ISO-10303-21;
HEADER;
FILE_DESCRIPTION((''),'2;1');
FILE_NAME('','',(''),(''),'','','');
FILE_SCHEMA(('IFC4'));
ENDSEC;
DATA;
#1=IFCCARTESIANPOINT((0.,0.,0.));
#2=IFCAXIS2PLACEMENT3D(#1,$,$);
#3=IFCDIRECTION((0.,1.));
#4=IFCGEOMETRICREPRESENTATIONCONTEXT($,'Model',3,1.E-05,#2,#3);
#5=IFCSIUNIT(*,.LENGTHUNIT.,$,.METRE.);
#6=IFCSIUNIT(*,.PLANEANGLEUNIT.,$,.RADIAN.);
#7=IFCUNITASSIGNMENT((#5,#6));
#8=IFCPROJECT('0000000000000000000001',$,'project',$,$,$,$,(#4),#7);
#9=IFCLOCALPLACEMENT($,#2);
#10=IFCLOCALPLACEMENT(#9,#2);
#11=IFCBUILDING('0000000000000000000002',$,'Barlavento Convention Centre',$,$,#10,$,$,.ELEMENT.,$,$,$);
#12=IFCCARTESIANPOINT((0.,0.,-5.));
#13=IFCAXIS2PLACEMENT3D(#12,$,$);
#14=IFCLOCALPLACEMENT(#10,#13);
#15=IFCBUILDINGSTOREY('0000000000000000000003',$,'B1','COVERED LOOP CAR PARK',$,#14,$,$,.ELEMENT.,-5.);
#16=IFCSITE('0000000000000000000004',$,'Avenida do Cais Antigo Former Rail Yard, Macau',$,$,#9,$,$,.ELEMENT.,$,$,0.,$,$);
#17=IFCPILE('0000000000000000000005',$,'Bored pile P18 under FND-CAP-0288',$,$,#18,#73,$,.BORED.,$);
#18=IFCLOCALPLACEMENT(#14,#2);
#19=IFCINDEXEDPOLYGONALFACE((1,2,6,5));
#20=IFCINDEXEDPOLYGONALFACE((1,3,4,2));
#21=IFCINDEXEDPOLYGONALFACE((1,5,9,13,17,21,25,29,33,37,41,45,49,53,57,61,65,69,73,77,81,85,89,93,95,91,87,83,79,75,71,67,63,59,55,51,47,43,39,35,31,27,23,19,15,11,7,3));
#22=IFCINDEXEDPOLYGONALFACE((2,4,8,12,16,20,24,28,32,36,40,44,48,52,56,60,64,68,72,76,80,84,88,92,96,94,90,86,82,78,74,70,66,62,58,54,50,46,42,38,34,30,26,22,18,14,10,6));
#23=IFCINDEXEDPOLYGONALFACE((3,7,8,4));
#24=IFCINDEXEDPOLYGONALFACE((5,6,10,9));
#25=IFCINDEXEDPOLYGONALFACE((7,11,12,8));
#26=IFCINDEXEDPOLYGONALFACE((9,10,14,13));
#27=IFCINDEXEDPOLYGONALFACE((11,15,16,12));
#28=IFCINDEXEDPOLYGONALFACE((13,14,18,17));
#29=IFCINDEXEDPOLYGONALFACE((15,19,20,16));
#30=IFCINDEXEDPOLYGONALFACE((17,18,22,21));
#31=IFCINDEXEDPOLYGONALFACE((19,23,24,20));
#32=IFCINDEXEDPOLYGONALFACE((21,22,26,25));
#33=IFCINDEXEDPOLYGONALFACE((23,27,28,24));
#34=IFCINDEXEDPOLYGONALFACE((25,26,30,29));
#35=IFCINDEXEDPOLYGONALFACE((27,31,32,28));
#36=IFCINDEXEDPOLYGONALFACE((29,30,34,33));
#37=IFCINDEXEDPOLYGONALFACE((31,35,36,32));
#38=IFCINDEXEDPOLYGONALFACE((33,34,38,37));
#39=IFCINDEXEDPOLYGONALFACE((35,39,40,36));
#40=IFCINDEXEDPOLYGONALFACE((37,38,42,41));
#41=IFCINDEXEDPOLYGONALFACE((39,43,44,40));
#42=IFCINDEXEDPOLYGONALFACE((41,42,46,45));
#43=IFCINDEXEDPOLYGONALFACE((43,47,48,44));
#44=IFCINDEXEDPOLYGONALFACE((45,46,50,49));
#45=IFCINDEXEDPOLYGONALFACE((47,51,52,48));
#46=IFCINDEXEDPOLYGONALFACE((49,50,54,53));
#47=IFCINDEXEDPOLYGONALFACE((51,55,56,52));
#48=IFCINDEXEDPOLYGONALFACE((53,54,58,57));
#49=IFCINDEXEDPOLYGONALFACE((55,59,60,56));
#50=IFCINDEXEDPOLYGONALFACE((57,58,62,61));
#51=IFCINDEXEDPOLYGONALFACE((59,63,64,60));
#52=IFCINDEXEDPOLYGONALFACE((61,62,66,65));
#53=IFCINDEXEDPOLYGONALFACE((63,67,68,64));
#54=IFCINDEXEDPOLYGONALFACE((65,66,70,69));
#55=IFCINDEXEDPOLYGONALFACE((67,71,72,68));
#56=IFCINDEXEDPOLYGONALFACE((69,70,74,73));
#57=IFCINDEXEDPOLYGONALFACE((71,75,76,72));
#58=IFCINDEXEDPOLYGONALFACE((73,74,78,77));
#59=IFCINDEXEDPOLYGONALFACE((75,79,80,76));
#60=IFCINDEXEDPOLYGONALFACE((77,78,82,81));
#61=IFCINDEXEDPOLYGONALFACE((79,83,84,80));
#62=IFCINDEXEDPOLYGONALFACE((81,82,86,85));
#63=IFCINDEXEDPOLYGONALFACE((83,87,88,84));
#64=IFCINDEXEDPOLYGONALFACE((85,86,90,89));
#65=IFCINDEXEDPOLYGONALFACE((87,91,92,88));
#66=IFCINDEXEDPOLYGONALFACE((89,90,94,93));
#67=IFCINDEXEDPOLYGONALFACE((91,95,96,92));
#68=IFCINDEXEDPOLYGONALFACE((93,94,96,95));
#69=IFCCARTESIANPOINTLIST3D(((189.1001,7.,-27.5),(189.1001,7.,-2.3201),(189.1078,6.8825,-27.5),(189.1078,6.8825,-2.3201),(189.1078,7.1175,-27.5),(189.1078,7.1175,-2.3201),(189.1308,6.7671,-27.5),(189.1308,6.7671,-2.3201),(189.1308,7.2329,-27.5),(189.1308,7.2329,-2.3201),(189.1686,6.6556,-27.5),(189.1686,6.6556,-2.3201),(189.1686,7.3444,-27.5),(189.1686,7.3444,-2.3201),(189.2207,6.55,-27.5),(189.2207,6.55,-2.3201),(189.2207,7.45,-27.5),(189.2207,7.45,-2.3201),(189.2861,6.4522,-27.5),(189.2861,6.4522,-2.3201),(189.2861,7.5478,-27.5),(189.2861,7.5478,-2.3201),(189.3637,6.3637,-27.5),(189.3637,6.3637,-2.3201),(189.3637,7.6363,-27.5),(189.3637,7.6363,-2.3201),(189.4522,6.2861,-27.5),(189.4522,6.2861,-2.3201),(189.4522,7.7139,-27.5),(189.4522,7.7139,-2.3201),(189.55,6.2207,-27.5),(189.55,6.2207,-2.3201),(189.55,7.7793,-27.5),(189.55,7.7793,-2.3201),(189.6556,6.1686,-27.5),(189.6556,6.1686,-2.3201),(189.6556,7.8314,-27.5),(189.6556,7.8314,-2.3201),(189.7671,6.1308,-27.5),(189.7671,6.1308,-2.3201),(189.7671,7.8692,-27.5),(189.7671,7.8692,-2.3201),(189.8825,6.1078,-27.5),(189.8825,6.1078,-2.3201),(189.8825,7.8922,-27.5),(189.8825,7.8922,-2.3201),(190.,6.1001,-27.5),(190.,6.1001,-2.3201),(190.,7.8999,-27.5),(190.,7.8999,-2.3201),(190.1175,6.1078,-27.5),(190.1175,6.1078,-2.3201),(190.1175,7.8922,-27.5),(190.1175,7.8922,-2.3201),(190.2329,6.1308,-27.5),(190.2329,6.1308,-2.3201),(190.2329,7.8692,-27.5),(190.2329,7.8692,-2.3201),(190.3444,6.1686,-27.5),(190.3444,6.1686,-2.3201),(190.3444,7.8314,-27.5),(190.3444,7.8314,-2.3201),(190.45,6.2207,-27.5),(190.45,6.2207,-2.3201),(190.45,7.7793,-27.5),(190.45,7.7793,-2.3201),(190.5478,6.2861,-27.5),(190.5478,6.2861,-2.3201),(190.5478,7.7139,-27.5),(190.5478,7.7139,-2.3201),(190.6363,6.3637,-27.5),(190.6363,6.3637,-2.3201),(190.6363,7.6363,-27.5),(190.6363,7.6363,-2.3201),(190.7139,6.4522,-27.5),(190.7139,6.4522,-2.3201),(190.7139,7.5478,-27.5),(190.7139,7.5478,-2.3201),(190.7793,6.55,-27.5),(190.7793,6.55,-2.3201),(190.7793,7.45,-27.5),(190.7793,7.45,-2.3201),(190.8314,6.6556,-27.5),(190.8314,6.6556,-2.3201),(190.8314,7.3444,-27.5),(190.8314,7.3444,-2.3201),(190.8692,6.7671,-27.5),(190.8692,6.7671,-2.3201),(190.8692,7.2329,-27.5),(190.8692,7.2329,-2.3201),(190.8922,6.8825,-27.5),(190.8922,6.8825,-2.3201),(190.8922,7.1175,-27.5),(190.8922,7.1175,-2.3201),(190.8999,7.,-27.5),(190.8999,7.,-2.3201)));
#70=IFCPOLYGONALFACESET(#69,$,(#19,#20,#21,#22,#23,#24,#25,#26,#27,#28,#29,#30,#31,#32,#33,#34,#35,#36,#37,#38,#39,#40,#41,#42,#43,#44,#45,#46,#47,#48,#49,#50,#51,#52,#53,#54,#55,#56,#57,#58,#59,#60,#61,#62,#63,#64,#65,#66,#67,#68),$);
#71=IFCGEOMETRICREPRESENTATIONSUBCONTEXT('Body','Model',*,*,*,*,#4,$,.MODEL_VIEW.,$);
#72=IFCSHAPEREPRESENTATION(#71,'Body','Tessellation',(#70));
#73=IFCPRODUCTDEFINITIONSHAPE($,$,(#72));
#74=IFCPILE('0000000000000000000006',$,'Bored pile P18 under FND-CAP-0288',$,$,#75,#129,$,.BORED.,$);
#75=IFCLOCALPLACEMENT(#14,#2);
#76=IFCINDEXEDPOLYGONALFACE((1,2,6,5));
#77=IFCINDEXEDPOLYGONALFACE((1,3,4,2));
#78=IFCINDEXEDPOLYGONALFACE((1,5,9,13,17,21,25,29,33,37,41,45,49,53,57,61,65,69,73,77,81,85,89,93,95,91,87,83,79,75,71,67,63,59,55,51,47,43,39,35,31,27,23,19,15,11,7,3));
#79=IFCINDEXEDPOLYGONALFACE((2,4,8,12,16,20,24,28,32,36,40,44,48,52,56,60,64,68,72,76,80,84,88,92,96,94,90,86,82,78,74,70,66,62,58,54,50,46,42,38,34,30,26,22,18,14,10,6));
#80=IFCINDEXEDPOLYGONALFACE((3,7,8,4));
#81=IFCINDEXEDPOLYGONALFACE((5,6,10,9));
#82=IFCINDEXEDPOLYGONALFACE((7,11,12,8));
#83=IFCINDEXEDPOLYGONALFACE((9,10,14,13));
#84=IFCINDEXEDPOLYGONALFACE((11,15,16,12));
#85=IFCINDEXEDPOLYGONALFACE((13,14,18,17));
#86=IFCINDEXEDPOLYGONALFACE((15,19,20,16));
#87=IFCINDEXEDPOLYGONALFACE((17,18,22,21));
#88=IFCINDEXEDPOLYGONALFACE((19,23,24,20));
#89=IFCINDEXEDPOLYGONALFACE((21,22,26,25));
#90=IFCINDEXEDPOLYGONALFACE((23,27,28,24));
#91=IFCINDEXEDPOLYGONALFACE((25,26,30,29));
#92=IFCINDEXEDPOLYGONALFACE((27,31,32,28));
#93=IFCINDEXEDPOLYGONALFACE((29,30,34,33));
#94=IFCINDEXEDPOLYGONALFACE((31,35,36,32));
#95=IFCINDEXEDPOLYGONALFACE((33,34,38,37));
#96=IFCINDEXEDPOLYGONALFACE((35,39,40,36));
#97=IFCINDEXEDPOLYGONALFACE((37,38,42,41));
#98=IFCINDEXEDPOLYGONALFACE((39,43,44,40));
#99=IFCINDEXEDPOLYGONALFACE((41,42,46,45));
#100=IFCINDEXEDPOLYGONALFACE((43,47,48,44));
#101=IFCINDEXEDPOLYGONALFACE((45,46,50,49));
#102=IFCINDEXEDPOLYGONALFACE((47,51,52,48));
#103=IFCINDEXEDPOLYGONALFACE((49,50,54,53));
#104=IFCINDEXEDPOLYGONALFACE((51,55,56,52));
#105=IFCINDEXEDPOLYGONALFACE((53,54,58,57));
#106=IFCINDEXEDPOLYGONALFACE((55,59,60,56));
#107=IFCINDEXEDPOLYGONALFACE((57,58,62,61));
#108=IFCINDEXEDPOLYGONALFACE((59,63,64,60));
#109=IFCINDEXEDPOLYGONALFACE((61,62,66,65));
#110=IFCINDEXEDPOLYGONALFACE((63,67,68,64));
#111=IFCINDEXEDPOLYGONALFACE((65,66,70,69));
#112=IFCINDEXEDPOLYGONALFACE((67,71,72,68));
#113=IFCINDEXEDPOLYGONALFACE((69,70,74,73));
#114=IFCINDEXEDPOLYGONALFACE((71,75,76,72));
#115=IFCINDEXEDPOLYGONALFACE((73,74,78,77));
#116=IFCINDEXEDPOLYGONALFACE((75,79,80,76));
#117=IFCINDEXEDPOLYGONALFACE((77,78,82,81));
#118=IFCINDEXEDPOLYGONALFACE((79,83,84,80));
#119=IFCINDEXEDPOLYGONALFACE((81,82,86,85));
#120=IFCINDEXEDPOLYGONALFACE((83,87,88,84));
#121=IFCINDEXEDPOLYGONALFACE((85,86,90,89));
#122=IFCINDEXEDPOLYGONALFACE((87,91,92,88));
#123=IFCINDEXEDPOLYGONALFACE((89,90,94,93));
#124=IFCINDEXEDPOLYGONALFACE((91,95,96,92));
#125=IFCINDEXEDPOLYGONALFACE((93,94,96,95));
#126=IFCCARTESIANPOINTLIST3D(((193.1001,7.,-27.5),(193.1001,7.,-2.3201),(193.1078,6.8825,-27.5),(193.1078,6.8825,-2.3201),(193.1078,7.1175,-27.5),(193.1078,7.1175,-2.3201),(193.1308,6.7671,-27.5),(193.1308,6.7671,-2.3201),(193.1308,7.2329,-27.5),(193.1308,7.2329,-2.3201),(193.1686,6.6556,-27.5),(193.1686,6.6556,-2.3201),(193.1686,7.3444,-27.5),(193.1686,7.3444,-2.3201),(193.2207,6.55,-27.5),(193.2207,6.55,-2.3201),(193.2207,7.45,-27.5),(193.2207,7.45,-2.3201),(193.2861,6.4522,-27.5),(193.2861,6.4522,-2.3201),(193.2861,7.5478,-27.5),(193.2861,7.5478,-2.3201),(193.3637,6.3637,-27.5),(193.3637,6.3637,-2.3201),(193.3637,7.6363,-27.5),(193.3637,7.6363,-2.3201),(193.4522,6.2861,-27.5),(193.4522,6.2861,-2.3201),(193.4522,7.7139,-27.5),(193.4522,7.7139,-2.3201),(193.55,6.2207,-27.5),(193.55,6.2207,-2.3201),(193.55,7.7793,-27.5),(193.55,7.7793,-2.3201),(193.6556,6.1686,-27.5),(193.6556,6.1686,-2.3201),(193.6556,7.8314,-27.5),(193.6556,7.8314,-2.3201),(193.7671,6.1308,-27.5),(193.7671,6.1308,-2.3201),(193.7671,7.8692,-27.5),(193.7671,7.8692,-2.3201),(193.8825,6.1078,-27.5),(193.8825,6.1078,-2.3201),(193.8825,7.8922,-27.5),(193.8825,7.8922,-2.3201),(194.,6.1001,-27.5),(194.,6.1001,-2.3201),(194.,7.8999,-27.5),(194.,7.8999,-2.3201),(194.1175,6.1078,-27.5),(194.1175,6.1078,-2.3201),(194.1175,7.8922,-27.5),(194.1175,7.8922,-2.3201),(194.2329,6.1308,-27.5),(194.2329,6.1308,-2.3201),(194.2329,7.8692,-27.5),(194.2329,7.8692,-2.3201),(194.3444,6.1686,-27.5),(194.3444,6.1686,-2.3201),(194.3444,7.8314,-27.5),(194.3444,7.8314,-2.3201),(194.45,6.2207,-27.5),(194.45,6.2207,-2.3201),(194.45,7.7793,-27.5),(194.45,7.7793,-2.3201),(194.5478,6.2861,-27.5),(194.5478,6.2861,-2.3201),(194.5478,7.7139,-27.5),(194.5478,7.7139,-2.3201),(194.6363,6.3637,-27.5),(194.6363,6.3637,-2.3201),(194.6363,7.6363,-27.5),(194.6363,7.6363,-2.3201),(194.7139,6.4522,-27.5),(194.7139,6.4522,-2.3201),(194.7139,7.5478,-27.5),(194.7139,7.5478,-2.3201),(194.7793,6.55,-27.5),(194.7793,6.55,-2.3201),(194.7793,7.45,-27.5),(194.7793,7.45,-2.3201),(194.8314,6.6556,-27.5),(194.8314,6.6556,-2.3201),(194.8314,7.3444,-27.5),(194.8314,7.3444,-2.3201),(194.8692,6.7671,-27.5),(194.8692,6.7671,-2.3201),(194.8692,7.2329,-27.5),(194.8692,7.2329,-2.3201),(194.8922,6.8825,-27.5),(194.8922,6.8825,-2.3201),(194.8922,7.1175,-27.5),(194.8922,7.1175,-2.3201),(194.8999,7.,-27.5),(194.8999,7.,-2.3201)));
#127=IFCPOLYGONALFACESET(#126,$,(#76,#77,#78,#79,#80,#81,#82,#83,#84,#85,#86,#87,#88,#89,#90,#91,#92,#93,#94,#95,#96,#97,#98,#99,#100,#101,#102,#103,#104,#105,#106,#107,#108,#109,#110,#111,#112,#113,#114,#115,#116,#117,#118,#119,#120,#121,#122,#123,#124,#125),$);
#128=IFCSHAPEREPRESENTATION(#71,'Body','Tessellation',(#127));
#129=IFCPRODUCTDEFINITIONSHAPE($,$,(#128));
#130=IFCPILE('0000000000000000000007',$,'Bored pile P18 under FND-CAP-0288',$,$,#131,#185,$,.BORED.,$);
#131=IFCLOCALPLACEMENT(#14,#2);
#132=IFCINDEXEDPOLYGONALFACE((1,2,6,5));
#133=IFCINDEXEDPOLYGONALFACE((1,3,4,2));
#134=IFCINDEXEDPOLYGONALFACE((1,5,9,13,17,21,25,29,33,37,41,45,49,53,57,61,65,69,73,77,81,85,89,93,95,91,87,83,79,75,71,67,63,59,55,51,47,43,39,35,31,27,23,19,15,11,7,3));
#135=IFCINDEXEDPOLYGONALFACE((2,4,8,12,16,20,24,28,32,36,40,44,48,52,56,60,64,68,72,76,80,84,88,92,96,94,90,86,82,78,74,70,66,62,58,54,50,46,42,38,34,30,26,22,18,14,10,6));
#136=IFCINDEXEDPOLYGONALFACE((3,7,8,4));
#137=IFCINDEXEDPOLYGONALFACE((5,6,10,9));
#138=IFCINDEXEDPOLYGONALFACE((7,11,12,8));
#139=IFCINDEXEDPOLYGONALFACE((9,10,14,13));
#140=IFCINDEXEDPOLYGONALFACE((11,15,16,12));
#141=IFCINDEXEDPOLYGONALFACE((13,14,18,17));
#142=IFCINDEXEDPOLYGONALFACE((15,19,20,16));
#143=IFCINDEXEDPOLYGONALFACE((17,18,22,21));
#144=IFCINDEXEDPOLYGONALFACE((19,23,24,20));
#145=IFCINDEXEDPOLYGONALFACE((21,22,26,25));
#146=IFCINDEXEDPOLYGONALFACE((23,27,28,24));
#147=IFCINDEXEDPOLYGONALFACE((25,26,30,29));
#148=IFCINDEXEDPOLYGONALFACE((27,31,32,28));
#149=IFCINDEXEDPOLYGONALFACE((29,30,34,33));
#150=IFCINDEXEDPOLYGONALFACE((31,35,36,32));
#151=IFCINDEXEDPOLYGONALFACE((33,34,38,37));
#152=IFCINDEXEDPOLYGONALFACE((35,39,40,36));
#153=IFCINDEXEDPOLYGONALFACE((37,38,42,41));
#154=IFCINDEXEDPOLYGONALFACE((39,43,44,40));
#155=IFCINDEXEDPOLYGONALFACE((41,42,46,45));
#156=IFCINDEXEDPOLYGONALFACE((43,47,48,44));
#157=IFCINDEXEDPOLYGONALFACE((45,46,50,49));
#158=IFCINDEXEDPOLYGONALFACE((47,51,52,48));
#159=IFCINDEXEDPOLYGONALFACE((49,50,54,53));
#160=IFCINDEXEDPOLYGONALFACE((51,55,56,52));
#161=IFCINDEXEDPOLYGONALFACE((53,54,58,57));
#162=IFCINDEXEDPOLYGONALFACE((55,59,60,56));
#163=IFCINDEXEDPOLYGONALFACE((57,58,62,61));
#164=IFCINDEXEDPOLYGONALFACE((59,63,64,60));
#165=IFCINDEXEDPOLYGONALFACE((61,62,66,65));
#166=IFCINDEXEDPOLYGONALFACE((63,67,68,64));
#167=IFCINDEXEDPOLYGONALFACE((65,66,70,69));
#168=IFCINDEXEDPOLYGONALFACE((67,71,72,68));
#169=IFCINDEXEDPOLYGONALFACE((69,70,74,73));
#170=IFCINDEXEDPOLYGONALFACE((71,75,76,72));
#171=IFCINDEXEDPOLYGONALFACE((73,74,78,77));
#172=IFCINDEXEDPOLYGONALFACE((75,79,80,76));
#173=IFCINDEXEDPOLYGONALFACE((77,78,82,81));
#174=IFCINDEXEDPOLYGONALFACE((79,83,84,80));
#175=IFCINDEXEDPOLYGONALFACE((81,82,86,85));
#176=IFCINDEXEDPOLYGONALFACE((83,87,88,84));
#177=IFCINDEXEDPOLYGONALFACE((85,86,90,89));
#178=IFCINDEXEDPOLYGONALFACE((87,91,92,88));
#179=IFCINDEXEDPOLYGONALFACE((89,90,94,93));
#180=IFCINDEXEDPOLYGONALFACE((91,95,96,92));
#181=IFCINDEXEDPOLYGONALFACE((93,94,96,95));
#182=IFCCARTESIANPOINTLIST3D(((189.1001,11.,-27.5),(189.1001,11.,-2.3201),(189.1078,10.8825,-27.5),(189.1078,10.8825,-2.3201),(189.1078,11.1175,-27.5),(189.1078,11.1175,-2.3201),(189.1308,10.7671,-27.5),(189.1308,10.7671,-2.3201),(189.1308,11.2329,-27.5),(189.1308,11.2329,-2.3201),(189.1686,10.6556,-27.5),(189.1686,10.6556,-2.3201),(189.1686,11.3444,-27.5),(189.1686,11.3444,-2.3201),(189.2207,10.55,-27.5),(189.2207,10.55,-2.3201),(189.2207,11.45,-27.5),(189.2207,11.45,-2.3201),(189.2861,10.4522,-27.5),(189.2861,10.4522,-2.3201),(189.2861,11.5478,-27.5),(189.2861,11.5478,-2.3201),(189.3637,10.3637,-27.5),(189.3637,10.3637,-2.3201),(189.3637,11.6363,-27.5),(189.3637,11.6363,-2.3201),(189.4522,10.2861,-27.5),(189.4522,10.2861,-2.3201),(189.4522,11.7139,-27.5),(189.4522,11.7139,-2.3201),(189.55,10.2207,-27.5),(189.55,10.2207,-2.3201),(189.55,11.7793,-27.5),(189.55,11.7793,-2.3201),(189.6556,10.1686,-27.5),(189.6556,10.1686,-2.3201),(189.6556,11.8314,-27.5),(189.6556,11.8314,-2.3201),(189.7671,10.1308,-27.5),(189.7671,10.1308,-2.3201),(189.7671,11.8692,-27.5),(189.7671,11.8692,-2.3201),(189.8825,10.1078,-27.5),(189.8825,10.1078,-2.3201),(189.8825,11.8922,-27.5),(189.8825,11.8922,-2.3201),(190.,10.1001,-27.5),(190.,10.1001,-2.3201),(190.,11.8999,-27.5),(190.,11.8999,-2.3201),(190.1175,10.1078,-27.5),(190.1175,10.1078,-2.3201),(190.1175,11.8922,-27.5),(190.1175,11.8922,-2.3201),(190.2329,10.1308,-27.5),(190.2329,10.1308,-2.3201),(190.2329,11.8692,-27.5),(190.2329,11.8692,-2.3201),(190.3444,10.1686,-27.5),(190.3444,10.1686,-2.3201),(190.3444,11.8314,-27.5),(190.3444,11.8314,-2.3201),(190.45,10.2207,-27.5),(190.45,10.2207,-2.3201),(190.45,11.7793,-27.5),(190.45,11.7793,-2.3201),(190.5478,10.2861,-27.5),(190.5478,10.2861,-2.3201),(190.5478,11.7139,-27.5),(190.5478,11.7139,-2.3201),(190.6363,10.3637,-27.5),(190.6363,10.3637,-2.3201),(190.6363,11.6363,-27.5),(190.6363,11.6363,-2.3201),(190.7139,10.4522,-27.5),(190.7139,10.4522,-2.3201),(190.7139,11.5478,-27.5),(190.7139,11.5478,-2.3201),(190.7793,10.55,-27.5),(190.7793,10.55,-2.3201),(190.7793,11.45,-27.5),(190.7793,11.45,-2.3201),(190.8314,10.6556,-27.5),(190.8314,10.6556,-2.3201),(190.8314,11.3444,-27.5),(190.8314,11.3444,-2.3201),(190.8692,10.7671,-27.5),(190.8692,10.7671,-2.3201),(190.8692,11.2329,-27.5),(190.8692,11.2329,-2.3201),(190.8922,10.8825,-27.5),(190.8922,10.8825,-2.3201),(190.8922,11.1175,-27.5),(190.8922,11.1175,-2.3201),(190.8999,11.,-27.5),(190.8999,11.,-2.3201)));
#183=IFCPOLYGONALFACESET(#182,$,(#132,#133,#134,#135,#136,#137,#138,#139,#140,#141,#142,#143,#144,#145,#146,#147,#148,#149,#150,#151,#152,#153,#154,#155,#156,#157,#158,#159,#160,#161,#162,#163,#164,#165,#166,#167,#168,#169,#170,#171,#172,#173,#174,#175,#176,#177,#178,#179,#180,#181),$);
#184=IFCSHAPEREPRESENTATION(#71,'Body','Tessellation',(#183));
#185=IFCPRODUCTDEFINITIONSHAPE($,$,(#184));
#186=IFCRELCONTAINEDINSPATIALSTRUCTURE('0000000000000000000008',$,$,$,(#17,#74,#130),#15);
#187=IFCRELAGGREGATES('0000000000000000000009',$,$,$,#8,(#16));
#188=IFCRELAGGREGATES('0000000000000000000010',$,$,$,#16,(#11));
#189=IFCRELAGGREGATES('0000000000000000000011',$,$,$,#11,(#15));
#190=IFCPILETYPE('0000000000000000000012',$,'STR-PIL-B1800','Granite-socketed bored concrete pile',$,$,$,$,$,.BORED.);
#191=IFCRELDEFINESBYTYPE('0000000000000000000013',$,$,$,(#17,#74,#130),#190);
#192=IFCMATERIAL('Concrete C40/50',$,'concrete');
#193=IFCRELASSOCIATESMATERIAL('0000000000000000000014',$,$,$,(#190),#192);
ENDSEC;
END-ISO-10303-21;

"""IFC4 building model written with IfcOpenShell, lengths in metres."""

from ifc_helpers import new_model, si_unit, direction, frame, origin, origin_2d, place, context, subcontext, project, spatial, circle, extrude, material, material_profile, profile_set, type_object, element, save


model = new_model("IFC4")

# Units and contexts
model_context = context("Model", 3, precision=1e-05, world=origin(), true_north=direction((0.0, 1.0)))
body_context = subcontext(model_context, "Body", "Model", "MODEL_VIEW")
ifc_project = project(units=[si_unit("LENGTHUNIT", "METRE"), si_unit("PLANEANGLEUNIT", "RADIAN")], contexts=[model_context])

# Site, building, storey
site_placement = place(None, origin())
site = spatial("IfcSite", under=ifc_project, at=site_placement, Name="Avenida do Cais Antigo Former Rail Yard, Macau", CompositionType="ELEMENT", RefElevation=0.0)
building_placement = place(site_placement, origin())
building = spatial("IfcBuilding", under=site, at=building_placement, Name="Barlavento Convention Centre", CompositionType="ELEMENT")
storey_placement = place(building_placement, frame((0.0, 0.0, -5.0)))
storey = spatial("IfcBuildingStorey", under=building, at=storey_placement, Name="B1", Description="COVERED LOOP CAR PARK", CompositionType="ELEMENT", Elevation=-5.0)

# Shared definitions
ifc_material_1 = material(Name="Concrete C40/50", Category="concrete")

# Piles
ifc_material_profile_1 = material_profile(ifc_material_1, circle(Radius=0.8999, at=origin_2d()), Name="BORED PILE 1800")
ifc_profile_set_1 = profile_set([ifc_material_profile_1], Name="Concrete C40/50")
pile_type_1 = type_object("IfcPileType", Name="STR-PIL-B1800", Description="Granite-socketed bored concrete pile", PredefinedType="BORED", material=ifc_profile_set_1)
for number, where, z_axis, x_axis, name in (
    (1, (190.0, 7.0, -2.3201), (0.0, 0.0, -1.0), (1.0, 0.0, 0.0), "Bored pile P18 under FND-CAP-0288"),
    (2, (194.0, 7.0, -2.3201), (0.0, 0.0, -1.0), (1.0, 0.0, 0.0), "Bored pile P18 under FND-CAP-0288"),
    (3, (190.0, 11.0, -2.3201), (0.0, 0.0, -1.0), (1.0, 0.0, 0.0), "Bored pile P18 under FND-CAP-0288"),
):
    element("IfcPile", number, at=place(storey_placement, frame(where, z_axis=z_axis, x_axis=x_axis)), inside=storey, type_object=pile_type_1, Name=name, PredefinedType="BORED", context=body_context, shape_type="SweptSolid", body=[
        extrude(circle(Radius=0.8999, at=origin_2d()), origin(), (0.0, 0.0, 1.0), 25.1799),
    ])

save(model, "model.ifc")
